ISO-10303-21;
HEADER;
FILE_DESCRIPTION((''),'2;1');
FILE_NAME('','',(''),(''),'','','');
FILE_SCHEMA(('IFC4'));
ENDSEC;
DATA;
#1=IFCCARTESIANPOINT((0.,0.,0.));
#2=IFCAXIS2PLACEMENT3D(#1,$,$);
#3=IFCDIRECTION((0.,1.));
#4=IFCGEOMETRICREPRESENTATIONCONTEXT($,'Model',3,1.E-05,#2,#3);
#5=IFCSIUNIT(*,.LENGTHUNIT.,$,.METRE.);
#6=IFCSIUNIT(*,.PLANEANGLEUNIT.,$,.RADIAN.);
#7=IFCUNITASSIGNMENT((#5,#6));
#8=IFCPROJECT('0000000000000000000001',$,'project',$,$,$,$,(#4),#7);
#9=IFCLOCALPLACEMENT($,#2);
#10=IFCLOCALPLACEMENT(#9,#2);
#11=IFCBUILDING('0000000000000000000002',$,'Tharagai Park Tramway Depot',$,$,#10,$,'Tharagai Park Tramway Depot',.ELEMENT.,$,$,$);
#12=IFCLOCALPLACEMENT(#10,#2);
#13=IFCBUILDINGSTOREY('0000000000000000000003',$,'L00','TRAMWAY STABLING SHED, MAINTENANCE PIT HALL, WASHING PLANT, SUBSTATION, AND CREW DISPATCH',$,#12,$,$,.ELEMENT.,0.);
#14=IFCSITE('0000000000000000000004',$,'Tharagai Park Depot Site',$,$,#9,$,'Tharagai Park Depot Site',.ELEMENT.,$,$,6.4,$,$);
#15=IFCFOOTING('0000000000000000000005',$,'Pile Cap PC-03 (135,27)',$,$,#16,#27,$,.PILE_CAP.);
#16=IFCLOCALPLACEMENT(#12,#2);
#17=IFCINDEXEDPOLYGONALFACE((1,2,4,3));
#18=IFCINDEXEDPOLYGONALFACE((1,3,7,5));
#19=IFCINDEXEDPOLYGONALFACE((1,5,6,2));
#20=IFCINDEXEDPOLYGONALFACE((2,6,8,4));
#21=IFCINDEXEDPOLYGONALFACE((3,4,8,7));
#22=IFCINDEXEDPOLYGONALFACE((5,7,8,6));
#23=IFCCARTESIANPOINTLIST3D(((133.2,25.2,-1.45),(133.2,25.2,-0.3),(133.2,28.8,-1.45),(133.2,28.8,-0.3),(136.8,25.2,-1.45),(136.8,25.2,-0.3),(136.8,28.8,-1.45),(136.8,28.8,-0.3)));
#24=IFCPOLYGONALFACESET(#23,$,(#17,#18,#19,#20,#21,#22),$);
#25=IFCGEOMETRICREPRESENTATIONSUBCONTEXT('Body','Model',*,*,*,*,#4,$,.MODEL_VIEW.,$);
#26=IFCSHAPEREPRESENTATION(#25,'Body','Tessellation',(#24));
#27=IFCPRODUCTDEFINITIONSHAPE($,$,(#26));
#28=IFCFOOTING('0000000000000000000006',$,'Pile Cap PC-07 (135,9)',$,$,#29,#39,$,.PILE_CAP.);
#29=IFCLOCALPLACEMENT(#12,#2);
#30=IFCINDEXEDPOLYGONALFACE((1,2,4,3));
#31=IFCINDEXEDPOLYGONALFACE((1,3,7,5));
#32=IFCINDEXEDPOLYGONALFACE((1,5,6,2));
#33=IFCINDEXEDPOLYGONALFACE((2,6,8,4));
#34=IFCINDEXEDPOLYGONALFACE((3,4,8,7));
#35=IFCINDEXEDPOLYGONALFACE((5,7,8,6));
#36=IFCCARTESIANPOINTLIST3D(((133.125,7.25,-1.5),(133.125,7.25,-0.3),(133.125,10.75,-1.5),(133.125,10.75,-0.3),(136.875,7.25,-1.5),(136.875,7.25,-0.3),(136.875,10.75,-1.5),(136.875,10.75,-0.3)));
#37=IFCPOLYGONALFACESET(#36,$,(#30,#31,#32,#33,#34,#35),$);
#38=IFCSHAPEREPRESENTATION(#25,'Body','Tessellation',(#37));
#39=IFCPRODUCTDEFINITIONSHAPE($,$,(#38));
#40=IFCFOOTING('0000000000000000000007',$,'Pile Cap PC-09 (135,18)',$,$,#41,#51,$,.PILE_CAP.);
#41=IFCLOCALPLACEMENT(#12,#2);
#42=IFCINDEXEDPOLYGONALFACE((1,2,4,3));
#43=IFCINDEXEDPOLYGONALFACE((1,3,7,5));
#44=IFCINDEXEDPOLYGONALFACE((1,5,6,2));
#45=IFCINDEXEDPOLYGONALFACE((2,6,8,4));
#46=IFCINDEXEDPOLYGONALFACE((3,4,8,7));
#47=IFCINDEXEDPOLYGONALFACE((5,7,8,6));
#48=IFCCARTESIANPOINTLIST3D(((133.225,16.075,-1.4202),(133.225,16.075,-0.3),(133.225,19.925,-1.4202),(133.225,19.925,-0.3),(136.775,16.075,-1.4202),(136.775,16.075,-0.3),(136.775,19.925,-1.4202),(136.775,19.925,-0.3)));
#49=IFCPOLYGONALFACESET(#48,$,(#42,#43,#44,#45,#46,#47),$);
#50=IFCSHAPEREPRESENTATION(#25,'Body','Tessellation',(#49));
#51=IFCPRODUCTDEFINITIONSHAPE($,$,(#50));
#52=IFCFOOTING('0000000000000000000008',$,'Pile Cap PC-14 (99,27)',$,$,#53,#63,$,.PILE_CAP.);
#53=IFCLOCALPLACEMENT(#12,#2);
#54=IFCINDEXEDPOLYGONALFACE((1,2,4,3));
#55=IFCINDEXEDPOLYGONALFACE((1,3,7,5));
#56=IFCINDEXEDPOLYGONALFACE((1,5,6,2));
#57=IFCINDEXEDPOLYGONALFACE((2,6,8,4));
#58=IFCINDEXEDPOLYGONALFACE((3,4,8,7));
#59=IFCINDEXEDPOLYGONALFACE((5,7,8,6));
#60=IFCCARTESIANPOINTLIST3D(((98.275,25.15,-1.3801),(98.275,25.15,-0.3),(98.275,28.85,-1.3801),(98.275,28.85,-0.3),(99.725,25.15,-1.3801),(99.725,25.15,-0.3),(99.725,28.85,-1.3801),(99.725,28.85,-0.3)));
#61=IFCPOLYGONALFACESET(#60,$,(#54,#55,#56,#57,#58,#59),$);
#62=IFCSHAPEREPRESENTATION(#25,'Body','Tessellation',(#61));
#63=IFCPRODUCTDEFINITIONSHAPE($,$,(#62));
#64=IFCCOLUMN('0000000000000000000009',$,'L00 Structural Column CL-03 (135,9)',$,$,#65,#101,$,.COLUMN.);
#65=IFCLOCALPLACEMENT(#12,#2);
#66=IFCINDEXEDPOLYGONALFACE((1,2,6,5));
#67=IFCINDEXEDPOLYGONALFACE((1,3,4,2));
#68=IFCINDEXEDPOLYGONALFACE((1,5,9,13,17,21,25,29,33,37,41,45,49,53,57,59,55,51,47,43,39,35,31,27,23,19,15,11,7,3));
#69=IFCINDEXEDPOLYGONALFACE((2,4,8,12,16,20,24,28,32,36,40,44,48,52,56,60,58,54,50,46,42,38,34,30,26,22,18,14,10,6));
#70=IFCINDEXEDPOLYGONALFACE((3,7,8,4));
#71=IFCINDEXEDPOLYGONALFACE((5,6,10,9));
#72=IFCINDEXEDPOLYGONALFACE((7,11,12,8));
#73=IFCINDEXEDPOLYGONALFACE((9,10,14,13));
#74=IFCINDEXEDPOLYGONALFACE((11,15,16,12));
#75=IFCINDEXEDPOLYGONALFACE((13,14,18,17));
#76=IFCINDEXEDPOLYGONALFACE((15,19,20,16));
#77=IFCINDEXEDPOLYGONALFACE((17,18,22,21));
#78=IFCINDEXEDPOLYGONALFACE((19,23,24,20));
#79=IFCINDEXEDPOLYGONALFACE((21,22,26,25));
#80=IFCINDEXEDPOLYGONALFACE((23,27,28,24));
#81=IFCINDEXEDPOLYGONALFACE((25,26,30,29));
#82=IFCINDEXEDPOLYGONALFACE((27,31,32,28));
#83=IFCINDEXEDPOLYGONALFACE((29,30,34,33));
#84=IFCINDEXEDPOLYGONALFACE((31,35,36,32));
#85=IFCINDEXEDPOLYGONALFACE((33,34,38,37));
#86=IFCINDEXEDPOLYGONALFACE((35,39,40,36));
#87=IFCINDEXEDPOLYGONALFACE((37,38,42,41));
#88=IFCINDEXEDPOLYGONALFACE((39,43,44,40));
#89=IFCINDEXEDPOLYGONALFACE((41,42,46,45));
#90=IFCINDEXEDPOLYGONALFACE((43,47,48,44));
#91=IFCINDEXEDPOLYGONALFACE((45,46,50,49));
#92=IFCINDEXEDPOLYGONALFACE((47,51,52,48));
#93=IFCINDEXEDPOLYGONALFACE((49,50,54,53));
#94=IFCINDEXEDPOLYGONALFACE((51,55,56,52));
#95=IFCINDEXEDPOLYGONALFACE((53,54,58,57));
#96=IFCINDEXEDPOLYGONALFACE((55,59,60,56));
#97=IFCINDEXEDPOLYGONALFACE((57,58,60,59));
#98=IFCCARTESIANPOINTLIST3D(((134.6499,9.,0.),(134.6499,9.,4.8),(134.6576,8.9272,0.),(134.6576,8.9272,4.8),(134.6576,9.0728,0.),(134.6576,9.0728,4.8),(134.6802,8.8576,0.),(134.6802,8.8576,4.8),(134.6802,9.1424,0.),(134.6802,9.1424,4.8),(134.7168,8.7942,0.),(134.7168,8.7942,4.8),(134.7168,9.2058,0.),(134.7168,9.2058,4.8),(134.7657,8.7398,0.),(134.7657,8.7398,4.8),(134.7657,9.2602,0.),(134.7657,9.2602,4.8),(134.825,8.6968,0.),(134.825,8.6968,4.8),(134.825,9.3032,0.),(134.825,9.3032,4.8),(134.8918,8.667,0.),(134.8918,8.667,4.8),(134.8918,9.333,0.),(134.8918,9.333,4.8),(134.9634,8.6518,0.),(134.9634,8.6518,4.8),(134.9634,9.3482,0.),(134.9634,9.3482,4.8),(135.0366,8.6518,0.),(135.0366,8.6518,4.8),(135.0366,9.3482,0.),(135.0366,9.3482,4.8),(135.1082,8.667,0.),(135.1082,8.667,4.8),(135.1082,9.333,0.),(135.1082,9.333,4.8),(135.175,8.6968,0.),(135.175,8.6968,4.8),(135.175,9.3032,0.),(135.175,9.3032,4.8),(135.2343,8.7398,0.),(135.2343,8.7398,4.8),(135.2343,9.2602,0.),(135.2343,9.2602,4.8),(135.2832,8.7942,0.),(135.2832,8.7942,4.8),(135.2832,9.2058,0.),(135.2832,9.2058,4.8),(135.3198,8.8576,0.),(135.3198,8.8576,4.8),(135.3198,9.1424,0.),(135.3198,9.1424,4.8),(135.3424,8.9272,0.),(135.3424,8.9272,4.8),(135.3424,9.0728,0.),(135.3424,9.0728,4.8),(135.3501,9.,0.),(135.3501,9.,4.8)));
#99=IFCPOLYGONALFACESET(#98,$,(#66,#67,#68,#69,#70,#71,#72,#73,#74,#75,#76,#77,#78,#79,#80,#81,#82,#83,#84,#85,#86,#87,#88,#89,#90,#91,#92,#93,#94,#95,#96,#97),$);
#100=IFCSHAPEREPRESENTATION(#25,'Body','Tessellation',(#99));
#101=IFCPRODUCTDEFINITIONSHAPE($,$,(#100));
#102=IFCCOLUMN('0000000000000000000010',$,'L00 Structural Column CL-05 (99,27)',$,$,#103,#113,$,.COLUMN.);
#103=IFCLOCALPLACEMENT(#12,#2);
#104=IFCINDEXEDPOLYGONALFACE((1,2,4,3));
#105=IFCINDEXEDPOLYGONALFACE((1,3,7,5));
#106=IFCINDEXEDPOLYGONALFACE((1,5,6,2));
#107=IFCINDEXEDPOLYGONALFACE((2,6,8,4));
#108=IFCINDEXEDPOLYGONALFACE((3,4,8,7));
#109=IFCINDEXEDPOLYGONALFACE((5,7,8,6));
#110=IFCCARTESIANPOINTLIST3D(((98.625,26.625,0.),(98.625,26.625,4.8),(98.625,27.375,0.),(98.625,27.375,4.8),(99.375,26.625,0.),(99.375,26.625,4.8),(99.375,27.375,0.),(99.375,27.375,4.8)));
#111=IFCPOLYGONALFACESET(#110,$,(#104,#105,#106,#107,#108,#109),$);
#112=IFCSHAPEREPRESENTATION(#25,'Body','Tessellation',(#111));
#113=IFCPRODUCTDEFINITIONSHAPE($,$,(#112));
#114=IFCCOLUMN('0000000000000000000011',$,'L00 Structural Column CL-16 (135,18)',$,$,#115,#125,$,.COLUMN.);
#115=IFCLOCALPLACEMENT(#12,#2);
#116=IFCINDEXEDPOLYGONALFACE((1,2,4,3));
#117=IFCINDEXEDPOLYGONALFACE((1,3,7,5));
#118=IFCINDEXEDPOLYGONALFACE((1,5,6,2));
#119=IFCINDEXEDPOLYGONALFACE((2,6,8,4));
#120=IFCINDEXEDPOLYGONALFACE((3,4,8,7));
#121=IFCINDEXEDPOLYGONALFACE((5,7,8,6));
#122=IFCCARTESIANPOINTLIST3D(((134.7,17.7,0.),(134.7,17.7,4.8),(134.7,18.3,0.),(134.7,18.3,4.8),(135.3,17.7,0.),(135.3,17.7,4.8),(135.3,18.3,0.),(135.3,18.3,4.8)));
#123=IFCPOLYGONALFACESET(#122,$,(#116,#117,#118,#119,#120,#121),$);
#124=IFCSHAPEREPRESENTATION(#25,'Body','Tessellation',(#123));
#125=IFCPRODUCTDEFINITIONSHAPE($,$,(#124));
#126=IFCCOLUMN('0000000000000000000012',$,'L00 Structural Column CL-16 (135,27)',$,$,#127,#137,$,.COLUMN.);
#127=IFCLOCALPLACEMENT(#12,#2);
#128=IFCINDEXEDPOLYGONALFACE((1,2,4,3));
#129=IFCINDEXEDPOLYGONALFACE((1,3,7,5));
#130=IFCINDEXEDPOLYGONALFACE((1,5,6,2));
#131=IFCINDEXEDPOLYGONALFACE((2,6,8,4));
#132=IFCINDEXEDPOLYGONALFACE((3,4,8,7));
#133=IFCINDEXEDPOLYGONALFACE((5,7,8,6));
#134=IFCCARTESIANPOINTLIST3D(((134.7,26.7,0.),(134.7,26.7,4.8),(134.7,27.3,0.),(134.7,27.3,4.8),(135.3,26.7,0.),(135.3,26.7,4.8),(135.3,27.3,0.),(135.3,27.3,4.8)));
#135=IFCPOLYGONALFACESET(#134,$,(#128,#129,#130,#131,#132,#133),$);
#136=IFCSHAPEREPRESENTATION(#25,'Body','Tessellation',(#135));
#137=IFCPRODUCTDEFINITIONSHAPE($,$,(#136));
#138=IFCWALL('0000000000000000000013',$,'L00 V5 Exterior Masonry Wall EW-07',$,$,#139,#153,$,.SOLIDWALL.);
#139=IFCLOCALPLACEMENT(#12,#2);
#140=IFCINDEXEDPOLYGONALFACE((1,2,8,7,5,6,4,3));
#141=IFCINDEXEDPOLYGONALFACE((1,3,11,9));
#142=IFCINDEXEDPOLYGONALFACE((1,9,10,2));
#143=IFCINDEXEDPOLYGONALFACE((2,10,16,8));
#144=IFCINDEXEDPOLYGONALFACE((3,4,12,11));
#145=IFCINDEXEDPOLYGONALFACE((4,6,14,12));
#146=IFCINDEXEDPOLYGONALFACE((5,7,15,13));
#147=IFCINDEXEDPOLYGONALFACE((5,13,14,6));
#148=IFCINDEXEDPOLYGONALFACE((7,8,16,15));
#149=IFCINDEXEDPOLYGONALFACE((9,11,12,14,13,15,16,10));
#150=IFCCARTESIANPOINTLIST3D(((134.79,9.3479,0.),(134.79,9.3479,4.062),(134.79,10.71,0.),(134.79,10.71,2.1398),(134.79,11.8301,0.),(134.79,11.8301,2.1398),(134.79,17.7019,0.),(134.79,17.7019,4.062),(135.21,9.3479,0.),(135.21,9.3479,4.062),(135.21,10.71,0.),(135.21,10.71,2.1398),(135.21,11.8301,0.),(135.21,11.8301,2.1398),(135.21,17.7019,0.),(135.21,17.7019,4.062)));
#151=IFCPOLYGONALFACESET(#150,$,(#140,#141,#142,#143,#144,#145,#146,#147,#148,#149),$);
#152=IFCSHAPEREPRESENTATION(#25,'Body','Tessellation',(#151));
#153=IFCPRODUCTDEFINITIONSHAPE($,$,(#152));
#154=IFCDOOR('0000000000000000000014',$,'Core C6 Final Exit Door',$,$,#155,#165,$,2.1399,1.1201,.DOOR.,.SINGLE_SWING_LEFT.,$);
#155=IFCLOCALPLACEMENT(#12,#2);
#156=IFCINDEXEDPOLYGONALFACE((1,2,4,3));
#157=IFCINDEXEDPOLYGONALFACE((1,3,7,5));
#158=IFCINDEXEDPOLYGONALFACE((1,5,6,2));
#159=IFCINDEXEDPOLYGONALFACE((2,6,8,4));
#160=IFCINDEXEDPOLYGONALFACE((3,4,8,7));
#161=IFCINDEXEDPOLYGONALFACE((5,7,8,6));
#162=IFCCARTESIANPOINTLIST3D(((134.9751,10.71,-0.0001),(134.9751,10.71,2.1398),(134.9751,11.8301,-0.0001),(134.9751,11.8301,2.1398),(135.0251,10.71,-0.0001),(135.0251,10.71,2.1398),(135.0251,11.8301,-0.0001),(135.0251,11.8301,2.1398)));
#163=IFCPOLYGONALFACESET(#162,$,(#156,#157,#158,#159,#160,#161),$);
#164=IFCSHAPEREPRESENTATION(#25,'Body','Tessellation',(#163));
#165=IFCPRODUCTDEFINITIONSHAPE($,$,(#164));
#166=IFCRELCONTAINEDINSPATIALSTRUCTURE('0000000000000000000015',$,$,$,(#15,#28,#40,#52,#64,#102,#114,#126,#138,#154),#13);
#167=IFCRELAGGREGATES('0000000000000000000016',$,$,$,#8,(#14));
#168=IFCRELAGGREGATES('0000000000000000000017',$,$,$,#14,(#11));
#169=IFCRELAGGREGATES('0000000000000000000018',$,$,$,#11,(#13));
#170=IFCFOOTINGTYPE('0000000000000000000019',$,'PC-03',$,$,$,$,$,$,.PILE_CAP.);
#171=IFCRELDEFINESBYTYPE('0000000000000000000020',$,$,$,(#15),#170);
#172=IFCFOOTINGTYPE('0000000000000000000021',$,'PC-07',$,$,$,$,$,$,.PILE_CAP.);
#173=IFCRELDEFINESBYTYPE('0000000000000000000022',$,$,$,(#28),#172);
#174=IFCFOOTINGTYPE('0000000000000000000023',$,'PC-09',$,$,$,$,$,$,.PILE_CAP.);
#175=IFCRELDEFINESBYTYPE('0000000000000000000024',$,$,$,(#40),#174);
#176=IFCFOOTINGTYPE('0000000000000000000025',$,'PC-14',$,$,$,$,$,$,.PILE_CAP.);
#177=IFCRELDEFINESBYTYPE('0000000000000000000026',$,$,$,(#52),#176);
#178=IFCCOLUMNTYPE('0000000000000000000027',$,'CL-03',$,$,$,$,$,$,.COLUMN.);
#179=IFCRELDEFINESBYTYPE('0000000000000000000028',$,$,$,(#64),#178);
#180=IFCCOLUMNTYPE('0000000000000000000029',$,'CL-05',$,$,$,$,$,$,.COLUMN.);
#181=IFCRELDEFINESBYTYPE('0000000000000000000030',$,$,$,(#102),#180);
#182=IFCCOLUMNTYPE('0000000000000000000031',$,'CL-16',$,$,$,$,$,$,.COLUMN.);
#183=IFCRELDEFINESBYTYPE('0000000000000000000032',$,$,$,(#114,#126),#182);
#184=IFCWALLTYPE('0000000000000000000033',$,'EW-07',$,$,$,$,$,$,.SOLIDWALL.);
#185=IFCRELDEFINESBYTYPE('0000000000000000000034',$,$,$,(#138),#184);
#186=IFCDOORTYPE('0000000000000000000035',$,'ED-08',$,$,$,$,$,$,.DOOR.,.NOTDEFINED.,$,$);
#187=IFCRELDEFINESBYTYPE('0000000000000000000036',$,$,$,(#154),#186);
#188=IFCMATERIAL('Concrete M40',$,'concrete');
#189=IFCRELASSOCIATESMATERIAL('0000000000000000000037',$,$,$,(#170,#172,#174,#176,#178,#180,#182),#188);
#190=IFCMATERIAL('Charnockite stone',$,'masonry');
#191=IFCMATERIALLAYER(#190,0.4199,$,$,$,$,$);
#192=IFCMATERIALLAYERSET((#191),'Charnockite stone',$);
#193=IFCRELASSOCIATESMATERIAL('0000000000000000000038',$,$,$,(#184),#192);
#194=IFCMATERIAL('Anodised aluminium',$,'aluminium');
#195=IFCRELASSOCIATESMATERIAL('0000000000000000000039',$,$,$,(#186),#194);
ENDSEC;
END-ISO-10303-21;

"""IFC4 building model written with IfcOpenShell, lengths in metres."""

from ifc_helpers import new_model, si_unit, direction, frame, frame_2d, origin, origin_2d, place, context, subcontext, project, spatial, rectangle, circle, extrude, material, layer, layer_set, material_profile, profile_set, type_object, element, fill, save


model = new_model("IFC4")

# Units and contexts
model_context = context("Model", 3, precision=1e-05, world=origin(), true_north=direction((0.0, 1.0)))
body_context = subcontext(model_context, "Body", "Model", "MODEL_VIEW")
ifc_project = project(units=[si_unit("LENGTHUNIT", "METRE"), si_unit("PLANEANGLEUNIT", "RADIAN")], contexts=[model_context])

# Site, building, storey
site_placement = place(None, origin())
site = spatial("IfcSite", under=ifc_project, at=site_placement, Name="Tharagai Park Depot Site", LongName="Tharagai Park Depot Site", CompositionType="ELEMENT", RefElevation=6.4)
building_placement = place(site_placement, origin())
building = spatial("IfcBuilding", under=site, at=building_placement, Name="Tharagai Park Tramway Depot", LongName="Tharagai Park Tramway Depot", CompositionType="ELEMENT")
storey_placement = place(building_placement, origin())
storey = spatial("IfcBuildingStorey", under=building, at=storey_placement, Name="L00", Description="TRAMWAY STABLING SHED, MAINTENANCE PIT HALL, WASHING PLANT, SUBSTATION, AND CREW DISPATCH", CompositionType="ELEMENT", Elevation=0.0)

# Shared definitions
ifc_material_1 = material(Name="Concrete M40", Category="concrete")

# Footings
footing_type_1 = type_object("IfcFootingType", Name="PC-03", PredefinedType="PILE_CAP", material=ifc_material_1)
footing_1_placement = place(storey_placement, frame((135.0, 27.0, -1.45), z_axis=(0.0, 0.0, 1.0), x_axis=(1.0, 0.0, 0.0)))
element("IfcFooting", 1, at=footing_1_placement, inside=storey, type_object=footing_type_1, Name="Pile Cap PC-03 (135,27)", PredefinedType="PILE_CAP", context=body_context, shape_type="SweptSolid", body=[
    extrude(rectangle(XDim=3.6001, YDim=3.6001, at=origin_2d()), origin(), (0.0, 0.0, 1.0), 1.1499),
])
footing_type_2 = type_object("IfcFootingType", Name="PC-07", PredefinedType="PILE_CAP", material=ifc_material_1)
footing_2_placement = place(storey_placement, frame((135.0, 9.0, -1.5), z_axis=(0.0, 0.0, 1.0), x_axis=(1.0, 0.0, 0.0)))
element("IfcFooting", 2, at=footing_2_placement, inside=storey, type_object=footing_type_2, Name="Pile Cap PC-07 (135,9)", PredefinedType="PILE_CAP", context=body_context, shape_type="SweptSolid", body=[
    extrude(rectangle(XDim=3.75, YDim=3.5, at=origin_2d()), origin(), (0.0, 0.0, 1.0), 1.2),
])
footing_type_3 = type_object("IfcFootingType", Name="PC-09", PredefinedType="PILE_CAP", material=ifc_material_1)
footing_3_placement = place(storey_placement, frame((135.0, 18.0, -1.4202), z_axis=(0.0, 0.0, 1.0), x_axis=(1.0, 0.0, 0.0)))
element("IfcFooting", 3, at=footing_3_placement, inside=storey, type_object=footing_type_3, Name="Pile Cap PC-09 (135,18)", PredefinedType="PILE_CAP", context=body_context, shape_type="SweptSolid", body=[
    extrude(rectangle(XDim=3.55, YDim=3.8501, at=origin_2d()), origin(), (0.0, 0.0, 1.0), 1.1201),
])
footing_type_4 = type_object("IfcFootingType", Name="PC-14", PredefinedType="PILE_CAP", material=ifc_material_1)
footing_4_placement = place(storey_placement, frame((99.0, 27.0, -1.3801), z_axis=(0.0, 0.0, 1.0), x_axis=(1.0, 0.0, 0.0)))
element("IfcFooting", 4, at=footing_4_placement, inside=storey, type_object=footing_type_4, Name="Pile Cap PC-14 (99,27)", PredefinedType="PILE_CAP", context=body_context, shape_type="SweptSolid", body=[
    extrude(rectangle(XDim=1.45, YDim=3.7, at=origin_2d()), origin(), (0.0, 0.0, 1.0), 1.0801),
])

# Columns
ifc_material_profile_1 = material_profile(ifc_material_1, circle(Radius=0.3501, at=origin_2d()), Name="RC D700")
ifc_profile_set_1 = profile_set([ifc_material_profile_1], Name="Concrete M40")
column_type_1 = type_object("IfcColumnType", Name="CL-03", PredefinedType="COLUMN", material=ifc_profile_set_1)
column_1_placement = place(storey_placement, frame((135.0, 9.0, 0.0), z_axis=(0.0, 0.0, 1.0), x_axis=(1.0, 0.0, 0.0)))
element("IfcColumn", 5, at=column_1_placement, inside=storey, type_object=column_type_1, Name="L00 Structural Column CL-03 (135,9)", PredefinedType="COLUMN", context=body_context, shape_type="SweptSolid", body=[
    extrude(circle(Radius=0.3501, at=origin_2d()), origin(), (0.0, 0.0, 1.0), 4.8),
])
ifc_material_profile_2 = material_profile(ifc_material_1, rectangle(XDim=0.75, YDim=0.75, at=origin_2d()), Name="RC 750x750")
ifc_profile_set_2 = profile_set([ifc_material_profile_2], Name="Concrete M40")
column_type_2 = type_object("IfcColumnType", Name="CL-05", PredefinedType="COLUMN", material=ifc_profile_set_2)
column_2_placement = place(storey_placement, frame((99.0, 27.0, 0.0), z_axis=(0.0, 0.0, 1.0), x_axis=(1.0, 0.0, 0.0)))
element("IfcColumn", 6, at=column_2_placement, inside=storey, type_object=column_type_2, Name="L00 Structural Column CL-05 (99,27)", PredefinedType="COLUMN", context=body_context, shape_type="SweptSolid", body=[
    extrude(rectangle(XDim=0.75, YDim=0.75, at=origin_2d()), origin(), (0.0, 0.0, 1.0), 4.8),
])
ifc_material_profile_3 = material_profile(ifc_material_1, rectangle(XDim=0.6001, YDim=0.6001, at=origin_2d()), Name="RC 600x600")
ifc_profile_set_3 = profile_set([ifc_material_profile_3], Name="Concrete M40")
column_type_3 = type_object("IfcColumnType", Name="CL-16", PredefinedType="COLUMN", material=ifc_profile_set_3)
for number, where, z_axis, x_axis, name in (
    (7, (135.0, 18.0, 0.0), (0.0, 0.0, 1.0), (1.0, 0.0, 0.0), "L00 Structural Column CL-16 (135,18)"),
    (8, (135.0, 27.0, 0.0), (0.0, 0.0, 1.0), (1.0, 0.0, 0.0), "L00 Structural Column CL-16 (135,27)"),
):
    element("IfcColumn", number, at=place(storey_placement, frame(where, z_axis=z_axis, x_axis=x_axis)), inside=storey, type_object=column_type_3, Name=name, PredefinedType="COLUMN", context=body_context, shape_type="SweptSolid", body=[
        extrude(rectangle(XDim=0.6001, YDim=0.6001, at=origin_2d()), origin(), (0.0, 0.0, 1.0), 4.8),
    ])

# Wall, opening, door
ifc_material_2 = material(Name="Charnockite stone", Category="masonry")
ifc_layer_1 = layer(ifc_material_2, 0.4199)
ifc_layer_set_1 = layer_set([ifc_layer_1], Name="Charnockite stone")
wall_type_1 = type_object("IfcWallType", Name="EW-07", PredefinedType="SOLIDWALL", material=ifc_layer_set_1)
wall_1_placement = place(storey_placement, frame((135.0, 9.3479, 0.0), z_axis=(0.0, 0.0, 1.0), x_axis=(0.0, 1.0, 0.0)))
wall_1 = element("IfcWall", 9, at=wall_1_placement, inside=storey, type_object=wall_type_1, Name="L00 V5 Exterior Masonry Wall EW-07", PredefinedType="SOLIDWALL", context=body_context, shape_type="SweptSolid", body=[
    extrude(rectangle(XDim=8.354, YDim=0.4199, at=frame_2d((4.177, 0.0))), origin(), (0.0, 0.0, 1.0), 4.062),
])
opening_1_placement = place(wall_1_placement, frame((1.3621, 0.0, 0.0)))
opening_1 = element("IfcOpeningElement", 10, at=opening_1_placement, cuts=wall_1, PredefinedType="OPENING", context=body_context, shape_type="SweptSolid", body=[
    extrude(rectangle(XDim=1.1201, YDim=2.1399, at=frame_2d((0.5601, 1.0698))), frame((0.0, 0.22, 0.0), z_axis=(0.0, -1.0, 0.0), x_axis=(1.0, 0.0, 0.0)), (0.0, 0.0, 1.0), 0.4399),
])
ifc_material_3 = material(Name="Anodised aluminium", Category="aluminium")
door_type_1 = type_object("IfcDoorType", Name="ED-08", OperationType="NOTDEFINED", PredefinedType="DOOR", material=ifc_material_3)
door_1_placement = place(opening_1_placement, origin())
door_1 = element("IfcDoor", 11, at=door_1_placement, inside=storey, type_object=door_type_1, Name="Core C6 Final Exit Door", OperationType="SINGLE_SWING_LEFT", OverallHeight=2.1399, OverallWidth=1.1201, PredefinedType="DOOR", context=body_context, shape_type="SweptSolid", body=[
    extrude(rectangle(XDim=1.1201, YDim=2.1399, at=frame_2d((0.5601, 1.0698))), frame((0.0, 0.0249, 0.0), z_axis=(0.0, -1.0, 0.0), x_axis=(1.0, 0.0, 0.0)), (0.0, 0.0, 1.0), 0.05),
])
fill(opening_1, door_1)

save(model, "model.ifc")
